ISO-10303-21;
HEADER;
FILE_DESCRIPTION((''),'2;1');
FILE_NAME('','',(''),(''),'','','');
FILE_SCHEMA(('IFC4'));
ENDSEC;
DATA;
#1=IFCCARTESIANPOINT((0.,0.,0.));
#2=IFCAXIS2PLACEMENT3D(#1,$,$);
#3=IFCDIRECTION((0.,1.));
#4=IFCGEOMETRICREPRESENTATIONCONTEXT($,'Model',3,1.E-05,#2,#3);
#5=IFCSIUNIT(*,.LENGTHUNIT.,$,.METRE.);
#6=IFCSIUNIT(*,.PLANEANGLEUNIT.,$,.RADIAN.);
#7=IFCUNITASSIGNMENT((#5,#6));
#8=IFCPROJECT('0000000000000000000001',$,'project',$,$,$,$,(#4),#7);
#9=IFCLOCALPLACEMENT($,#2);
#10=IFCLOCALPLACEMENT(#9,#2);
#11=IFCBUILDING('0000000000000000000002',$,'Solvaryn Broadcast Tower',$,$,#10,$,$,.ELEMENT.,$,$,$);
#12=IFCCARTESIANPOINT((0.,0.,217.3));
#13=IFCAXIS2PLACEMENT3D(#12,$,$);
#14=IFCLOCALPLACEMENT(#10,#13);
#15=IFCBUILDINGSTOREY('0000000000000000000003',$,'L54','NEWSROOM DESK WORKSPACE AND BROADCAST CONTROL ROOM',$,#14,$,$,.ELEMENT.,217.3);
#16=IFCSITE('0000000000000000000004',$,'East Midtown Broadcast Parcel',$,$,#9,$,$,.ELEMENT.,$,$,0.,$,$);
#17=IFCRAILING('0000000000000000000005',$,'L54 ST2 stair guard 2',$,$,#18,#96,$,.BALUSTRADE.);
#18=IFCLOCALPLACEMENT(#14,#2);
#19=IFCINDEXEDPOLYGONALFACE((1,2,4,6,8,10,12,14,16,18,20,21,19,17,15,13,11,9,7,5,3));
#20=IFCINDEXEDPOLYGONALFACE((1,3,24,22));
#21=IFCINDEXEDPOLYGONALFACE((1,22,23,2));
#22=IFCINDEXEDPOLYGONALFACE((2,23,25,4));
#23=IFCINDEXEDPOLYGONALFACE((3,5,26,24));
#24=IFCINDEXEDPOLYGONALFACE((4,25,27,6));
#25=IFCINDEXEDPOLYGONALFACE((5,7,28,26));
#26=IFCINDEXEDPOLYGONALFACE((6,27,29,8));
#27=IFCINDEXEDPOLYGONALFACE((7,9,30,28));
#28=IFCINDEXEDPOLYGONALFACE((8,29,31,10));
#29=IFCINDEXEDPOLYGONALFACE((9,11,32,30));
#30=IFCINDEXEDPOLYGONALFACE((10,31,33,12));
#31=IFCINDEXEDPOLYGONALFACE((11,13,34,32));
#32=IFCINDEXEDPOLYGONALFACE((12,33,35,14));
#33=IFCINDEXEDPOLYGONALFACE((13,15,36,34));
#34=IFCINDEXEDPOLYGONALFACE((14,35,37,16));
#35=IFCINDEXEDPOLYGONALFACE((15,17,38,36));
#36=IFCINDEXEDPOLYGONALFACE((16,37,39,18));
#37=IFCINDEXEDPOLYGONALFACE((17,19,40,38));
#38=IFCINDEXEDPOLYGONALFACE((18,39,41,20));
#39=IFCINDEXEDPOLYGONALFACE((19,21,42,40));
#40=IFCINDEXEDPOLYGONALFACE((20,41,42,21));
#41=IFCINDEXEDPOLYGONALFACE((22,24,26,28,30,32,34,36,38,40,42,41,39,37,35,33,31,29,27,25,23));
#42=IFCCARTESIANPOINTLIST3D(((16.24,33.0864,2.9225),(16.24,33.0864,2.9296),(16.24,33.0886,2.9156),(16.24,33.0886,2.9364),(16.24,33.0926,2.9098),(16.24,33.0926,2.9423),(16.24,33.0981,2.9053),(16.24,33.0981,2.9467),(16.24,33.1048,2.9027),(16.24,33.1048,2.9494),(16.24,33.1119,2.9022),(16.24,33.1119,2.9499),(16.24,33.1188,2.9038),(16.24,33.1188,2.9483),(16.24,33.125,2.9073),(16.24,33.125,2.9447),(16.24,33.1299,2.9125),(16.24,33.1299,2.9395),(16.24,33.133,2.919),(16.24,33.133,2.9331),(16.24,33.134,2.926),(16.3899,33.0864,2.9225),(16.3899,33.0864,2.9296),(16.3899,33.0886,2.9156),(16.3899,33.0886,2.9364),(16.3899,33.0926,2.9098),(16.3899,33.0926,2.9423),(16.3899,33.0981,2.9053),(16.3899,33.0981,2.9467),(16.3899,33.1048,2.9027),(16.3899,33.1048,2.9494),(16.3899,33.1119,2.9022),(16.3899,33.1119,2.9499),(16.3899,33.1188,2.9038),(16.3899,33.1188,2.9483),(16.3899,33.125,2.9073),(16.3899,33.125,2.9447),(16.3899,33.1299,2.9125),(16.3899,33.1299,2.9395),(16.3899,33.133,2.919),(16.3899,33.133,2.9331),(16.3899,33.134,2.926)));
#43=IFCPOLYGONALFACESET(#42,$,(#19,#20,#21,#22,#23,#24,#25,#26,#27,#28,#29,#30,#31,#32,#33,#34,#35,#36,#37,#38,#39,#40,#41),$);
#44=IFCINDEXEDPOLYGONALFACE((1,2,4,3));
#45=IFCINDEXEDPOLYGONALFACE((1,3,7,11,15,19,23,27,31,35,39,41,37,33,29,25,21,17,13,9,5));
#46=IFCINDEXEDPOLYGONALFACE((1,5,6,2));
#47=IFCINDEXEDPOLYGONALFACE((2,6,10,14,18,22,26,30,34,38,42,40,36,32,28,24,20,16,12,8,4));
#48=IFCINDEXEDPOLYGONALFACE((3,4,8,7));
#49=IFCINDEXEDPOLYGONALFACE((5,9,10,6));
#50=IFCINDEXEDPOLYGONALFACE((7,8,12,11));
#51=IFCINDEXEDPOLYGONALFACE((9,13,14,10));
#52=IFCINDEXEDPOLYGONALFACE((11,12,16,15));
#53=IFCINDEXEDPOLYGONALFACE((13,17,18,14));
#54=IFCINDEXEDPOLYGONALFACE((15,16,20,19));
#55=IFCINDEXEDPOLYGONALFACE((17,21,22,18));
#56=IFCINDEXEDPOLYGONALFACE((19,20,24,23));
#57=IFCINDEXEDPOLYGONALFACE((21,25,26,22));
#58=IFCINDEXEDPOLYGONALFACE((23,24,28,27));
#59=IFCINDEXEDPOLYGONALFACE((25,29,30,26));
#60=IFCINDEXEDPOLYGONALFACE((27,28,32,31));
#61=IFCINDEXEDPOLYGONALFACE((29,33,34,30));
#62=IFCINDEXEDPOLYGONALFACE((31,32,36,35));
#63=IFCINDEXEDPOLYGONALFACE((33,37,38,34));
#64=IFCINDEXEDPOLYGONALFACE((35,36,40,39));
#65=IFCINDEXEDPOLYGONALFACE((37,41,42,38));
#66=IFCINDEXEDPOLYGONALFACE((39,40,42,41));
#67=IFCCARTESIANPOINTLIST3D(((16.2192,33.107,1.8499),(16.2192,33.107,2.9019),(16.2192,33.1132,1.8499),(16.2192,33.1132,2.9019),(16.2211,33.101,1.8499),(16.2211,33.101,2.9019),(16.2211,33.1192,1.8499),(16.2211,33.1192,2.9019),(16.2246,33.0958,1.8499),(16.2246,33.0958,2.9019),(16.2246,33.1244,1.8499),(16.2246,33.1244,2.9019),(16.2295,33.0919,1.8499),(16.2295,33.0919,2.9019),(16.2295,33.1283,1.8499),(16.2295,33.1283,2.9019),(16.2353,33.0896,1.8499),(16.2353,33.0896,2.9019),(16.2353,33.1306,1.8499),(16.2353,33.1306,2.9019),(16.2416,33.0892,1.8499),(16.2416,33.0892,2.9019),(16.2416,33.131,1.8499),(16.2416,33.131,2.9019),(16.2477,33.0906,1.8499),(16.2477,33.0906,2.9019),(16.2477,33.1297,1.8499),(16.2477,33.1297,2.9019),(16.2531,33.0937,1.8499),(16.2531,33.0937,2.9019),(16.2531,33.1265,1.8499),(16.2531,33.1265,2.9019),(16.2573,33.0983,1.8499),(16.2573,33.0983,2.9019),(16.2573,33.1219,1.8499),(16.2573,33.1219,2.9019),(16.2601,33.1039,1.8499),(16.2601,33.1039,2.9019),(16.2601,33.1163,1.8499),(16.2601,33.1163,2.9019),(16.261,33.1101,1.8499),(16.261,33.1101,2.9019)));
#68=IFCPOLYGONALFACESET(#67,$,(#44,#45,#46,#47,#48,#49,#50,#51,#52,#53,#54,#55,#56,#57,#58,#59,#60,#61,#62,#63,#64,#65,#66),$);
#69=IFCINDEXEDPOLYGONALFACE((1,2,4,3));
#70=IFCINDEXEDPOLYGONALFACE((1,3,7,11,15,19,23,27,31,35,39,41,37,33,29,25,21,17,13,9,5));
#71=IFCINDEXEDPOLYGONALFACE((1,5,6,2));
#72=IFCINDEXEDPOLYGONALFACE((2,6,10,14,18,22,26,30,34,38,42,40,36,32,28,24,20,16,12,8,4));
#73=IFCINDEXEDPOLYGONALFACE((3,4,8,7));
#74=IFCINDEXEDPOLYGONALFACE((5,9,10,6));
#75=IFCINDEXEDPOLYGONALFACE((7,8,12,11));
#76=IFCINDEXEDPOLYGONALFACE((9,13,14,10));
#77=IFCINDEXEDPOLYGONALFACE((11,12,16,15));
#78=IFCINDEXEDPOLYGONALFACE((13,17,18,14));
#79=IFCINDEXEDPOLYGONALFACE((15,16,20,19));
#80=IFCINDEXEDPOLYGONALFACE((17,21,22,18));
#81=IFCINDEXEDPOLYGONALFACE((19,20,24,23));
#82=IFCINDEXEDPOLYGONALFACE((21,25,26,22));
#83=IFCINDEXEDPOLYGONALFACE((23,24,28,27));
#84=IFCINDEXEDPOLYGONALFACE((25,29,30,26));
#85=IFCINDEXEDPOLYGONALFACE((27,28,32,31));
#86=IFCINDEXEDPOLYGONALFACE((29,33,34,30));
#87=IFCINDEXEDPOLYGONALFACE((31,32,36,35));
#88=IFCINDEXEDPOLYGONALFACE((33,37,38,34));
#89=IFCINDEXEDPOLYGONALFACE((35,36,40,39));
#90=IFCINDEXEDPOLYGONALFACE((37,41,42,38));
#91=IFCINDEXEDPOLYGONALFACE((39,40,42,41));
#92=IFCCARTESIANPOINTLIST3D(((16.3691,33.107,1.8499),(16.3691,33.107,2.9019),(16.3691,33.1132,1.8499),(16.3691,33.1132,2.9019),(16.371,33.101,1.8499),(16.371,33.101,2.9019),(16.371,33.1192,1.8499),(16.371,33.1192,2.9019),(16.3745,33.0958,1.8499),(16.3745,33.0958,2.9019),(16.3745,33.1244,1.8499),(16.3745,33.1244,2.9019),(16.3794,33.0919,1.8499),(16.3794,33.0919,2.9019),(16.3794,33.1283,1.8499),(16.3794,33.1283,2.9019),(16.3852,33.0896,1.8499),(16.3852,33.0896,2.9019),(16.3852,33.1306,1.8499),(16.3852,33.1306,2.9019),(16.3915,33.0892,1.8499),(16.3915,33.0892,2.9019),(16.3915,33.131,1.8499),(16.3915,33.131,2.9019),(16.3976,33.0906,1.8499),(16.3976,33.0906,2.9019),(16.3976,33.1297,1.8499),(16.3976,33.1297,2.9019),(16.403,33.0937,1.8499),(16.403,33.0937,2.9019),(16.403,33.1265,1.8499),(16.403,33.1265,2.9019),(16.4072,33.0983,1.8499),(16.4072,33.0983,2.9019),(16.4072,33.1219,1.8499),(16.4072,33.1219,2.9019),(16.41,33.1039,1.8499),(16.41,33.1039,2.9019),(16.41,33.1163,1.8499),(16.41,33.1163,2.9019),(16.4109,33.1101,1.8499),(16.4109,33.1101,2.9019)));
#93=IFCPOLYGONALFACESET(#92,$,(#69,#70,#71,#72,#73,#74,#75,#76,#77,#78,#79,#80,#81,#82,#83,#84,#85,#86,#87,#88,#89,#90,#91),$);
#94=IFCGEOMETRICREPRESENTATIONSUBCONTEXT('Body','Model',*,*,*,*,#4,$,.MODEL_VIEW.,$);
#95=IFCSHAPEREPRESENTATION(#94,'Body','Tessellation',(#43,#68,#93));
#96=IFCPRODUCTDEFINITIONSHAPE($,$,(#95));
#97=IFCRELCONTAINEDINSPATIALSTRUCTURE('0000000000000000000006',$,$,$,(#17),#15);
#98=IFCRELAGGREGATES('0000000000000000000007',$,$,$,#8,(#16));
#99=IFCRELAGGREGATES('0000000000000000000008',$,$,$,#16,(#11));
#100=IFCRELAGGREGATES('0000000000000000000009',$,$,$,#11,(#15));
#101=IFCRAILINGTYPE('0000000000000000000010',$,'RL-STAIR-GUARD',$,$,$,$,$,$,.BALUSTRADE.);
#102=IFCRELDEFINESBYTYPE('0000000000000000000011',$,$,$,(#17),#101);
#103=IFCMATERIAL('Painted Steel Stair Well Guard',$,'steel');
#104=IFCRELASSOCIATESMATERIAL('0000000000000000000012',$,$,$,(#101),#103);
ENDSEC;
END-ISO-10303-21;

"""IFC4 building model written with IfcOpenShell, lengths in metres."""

from ifc_helpers import new_model, si_unit, direction, frame, origin, origin_2d, place, context, subcontext, project, spatial, circle, extrude, material, type_object, element, save


model = new_model("IFC4")

# Units and contexts
model_context = context("Model", 3, precision=1e-05, world=origin(), true_north=direction((0.0, 1.0)))
body_context = subcontext(model_context, "Body", "Model", "MODEL_VIEW")
ifc_project = project(units=[si_unit("LENGTHUNIT", "METRE"), si_unit("PLANEANGLEUNIT", "RADIAN")], contexts=[model_context])

# Site, building, storey
site_placement = place(None, origin())
site = spatial("IfcSite", under=ifc_project, at=site_placement, Name="East Midtown Broadcast Parcel", CompositionType="ELEMENT", RefElevation=0.0)
building_placement = place(site_placement, origin())
building = spatial("IfcBuilding", under=site, at=building_placement, Name="Solvaryn Broadcast Tower", CompositionType="ELEMENT")
storey_placement = place(building_placement, frame((0.0, 0.0, 217.3)))
storey = spatial("IfcBuildingStorey", under=building, at=storey_placement, Name="L54", Description="NEWSROOM DESK WORKSPACE AND BROADCAST CONTROL ROOM", CompositionType="ELEMENT", Elevation=217.3)

# Railing
ifc_material_1 = material(Name="Painted Steel Stair Well Guard", Category="steel")
railing_type_1 = type_object("IfcRailingType", Name="RL-STAIR-GUARD", PredefinedType="BALUSTRADE", material=ifc_material_1)
railing_1_placement = place(storey_placement, frame((16.24, 33.1101, 1.8499)))
element("IfcRailing", 1, at=railing_1_placement, inside=storey, type_object=railing_type_1, Name="L54 ST2 stair guard 2", PredefinedType="BALUSTRADE", context=body_context, shape_type="SweptSolid", body=[
    extrude(circle(Radius=0.0239, at=origin_2d()), frame((0.0, 0.0, 1.0762), z_axis=(1.0, 0.0, 0.0), x_axis=(0.0, 1.0, 0.0)), (0.0, 0.0, 1.0), 0.1499),
    extrude(circle(Radius=0.021, at=origin_2d()), origin(), (0.0, 0.0, 1.0), 1.052),
    extrude(circle(Radius=0.021, at=origin_2d()), frame((0.1499, 0.0, 0.0)), (0.0, 0.0, 1.0), 1.052),
])

save(model, "model.ifc")
